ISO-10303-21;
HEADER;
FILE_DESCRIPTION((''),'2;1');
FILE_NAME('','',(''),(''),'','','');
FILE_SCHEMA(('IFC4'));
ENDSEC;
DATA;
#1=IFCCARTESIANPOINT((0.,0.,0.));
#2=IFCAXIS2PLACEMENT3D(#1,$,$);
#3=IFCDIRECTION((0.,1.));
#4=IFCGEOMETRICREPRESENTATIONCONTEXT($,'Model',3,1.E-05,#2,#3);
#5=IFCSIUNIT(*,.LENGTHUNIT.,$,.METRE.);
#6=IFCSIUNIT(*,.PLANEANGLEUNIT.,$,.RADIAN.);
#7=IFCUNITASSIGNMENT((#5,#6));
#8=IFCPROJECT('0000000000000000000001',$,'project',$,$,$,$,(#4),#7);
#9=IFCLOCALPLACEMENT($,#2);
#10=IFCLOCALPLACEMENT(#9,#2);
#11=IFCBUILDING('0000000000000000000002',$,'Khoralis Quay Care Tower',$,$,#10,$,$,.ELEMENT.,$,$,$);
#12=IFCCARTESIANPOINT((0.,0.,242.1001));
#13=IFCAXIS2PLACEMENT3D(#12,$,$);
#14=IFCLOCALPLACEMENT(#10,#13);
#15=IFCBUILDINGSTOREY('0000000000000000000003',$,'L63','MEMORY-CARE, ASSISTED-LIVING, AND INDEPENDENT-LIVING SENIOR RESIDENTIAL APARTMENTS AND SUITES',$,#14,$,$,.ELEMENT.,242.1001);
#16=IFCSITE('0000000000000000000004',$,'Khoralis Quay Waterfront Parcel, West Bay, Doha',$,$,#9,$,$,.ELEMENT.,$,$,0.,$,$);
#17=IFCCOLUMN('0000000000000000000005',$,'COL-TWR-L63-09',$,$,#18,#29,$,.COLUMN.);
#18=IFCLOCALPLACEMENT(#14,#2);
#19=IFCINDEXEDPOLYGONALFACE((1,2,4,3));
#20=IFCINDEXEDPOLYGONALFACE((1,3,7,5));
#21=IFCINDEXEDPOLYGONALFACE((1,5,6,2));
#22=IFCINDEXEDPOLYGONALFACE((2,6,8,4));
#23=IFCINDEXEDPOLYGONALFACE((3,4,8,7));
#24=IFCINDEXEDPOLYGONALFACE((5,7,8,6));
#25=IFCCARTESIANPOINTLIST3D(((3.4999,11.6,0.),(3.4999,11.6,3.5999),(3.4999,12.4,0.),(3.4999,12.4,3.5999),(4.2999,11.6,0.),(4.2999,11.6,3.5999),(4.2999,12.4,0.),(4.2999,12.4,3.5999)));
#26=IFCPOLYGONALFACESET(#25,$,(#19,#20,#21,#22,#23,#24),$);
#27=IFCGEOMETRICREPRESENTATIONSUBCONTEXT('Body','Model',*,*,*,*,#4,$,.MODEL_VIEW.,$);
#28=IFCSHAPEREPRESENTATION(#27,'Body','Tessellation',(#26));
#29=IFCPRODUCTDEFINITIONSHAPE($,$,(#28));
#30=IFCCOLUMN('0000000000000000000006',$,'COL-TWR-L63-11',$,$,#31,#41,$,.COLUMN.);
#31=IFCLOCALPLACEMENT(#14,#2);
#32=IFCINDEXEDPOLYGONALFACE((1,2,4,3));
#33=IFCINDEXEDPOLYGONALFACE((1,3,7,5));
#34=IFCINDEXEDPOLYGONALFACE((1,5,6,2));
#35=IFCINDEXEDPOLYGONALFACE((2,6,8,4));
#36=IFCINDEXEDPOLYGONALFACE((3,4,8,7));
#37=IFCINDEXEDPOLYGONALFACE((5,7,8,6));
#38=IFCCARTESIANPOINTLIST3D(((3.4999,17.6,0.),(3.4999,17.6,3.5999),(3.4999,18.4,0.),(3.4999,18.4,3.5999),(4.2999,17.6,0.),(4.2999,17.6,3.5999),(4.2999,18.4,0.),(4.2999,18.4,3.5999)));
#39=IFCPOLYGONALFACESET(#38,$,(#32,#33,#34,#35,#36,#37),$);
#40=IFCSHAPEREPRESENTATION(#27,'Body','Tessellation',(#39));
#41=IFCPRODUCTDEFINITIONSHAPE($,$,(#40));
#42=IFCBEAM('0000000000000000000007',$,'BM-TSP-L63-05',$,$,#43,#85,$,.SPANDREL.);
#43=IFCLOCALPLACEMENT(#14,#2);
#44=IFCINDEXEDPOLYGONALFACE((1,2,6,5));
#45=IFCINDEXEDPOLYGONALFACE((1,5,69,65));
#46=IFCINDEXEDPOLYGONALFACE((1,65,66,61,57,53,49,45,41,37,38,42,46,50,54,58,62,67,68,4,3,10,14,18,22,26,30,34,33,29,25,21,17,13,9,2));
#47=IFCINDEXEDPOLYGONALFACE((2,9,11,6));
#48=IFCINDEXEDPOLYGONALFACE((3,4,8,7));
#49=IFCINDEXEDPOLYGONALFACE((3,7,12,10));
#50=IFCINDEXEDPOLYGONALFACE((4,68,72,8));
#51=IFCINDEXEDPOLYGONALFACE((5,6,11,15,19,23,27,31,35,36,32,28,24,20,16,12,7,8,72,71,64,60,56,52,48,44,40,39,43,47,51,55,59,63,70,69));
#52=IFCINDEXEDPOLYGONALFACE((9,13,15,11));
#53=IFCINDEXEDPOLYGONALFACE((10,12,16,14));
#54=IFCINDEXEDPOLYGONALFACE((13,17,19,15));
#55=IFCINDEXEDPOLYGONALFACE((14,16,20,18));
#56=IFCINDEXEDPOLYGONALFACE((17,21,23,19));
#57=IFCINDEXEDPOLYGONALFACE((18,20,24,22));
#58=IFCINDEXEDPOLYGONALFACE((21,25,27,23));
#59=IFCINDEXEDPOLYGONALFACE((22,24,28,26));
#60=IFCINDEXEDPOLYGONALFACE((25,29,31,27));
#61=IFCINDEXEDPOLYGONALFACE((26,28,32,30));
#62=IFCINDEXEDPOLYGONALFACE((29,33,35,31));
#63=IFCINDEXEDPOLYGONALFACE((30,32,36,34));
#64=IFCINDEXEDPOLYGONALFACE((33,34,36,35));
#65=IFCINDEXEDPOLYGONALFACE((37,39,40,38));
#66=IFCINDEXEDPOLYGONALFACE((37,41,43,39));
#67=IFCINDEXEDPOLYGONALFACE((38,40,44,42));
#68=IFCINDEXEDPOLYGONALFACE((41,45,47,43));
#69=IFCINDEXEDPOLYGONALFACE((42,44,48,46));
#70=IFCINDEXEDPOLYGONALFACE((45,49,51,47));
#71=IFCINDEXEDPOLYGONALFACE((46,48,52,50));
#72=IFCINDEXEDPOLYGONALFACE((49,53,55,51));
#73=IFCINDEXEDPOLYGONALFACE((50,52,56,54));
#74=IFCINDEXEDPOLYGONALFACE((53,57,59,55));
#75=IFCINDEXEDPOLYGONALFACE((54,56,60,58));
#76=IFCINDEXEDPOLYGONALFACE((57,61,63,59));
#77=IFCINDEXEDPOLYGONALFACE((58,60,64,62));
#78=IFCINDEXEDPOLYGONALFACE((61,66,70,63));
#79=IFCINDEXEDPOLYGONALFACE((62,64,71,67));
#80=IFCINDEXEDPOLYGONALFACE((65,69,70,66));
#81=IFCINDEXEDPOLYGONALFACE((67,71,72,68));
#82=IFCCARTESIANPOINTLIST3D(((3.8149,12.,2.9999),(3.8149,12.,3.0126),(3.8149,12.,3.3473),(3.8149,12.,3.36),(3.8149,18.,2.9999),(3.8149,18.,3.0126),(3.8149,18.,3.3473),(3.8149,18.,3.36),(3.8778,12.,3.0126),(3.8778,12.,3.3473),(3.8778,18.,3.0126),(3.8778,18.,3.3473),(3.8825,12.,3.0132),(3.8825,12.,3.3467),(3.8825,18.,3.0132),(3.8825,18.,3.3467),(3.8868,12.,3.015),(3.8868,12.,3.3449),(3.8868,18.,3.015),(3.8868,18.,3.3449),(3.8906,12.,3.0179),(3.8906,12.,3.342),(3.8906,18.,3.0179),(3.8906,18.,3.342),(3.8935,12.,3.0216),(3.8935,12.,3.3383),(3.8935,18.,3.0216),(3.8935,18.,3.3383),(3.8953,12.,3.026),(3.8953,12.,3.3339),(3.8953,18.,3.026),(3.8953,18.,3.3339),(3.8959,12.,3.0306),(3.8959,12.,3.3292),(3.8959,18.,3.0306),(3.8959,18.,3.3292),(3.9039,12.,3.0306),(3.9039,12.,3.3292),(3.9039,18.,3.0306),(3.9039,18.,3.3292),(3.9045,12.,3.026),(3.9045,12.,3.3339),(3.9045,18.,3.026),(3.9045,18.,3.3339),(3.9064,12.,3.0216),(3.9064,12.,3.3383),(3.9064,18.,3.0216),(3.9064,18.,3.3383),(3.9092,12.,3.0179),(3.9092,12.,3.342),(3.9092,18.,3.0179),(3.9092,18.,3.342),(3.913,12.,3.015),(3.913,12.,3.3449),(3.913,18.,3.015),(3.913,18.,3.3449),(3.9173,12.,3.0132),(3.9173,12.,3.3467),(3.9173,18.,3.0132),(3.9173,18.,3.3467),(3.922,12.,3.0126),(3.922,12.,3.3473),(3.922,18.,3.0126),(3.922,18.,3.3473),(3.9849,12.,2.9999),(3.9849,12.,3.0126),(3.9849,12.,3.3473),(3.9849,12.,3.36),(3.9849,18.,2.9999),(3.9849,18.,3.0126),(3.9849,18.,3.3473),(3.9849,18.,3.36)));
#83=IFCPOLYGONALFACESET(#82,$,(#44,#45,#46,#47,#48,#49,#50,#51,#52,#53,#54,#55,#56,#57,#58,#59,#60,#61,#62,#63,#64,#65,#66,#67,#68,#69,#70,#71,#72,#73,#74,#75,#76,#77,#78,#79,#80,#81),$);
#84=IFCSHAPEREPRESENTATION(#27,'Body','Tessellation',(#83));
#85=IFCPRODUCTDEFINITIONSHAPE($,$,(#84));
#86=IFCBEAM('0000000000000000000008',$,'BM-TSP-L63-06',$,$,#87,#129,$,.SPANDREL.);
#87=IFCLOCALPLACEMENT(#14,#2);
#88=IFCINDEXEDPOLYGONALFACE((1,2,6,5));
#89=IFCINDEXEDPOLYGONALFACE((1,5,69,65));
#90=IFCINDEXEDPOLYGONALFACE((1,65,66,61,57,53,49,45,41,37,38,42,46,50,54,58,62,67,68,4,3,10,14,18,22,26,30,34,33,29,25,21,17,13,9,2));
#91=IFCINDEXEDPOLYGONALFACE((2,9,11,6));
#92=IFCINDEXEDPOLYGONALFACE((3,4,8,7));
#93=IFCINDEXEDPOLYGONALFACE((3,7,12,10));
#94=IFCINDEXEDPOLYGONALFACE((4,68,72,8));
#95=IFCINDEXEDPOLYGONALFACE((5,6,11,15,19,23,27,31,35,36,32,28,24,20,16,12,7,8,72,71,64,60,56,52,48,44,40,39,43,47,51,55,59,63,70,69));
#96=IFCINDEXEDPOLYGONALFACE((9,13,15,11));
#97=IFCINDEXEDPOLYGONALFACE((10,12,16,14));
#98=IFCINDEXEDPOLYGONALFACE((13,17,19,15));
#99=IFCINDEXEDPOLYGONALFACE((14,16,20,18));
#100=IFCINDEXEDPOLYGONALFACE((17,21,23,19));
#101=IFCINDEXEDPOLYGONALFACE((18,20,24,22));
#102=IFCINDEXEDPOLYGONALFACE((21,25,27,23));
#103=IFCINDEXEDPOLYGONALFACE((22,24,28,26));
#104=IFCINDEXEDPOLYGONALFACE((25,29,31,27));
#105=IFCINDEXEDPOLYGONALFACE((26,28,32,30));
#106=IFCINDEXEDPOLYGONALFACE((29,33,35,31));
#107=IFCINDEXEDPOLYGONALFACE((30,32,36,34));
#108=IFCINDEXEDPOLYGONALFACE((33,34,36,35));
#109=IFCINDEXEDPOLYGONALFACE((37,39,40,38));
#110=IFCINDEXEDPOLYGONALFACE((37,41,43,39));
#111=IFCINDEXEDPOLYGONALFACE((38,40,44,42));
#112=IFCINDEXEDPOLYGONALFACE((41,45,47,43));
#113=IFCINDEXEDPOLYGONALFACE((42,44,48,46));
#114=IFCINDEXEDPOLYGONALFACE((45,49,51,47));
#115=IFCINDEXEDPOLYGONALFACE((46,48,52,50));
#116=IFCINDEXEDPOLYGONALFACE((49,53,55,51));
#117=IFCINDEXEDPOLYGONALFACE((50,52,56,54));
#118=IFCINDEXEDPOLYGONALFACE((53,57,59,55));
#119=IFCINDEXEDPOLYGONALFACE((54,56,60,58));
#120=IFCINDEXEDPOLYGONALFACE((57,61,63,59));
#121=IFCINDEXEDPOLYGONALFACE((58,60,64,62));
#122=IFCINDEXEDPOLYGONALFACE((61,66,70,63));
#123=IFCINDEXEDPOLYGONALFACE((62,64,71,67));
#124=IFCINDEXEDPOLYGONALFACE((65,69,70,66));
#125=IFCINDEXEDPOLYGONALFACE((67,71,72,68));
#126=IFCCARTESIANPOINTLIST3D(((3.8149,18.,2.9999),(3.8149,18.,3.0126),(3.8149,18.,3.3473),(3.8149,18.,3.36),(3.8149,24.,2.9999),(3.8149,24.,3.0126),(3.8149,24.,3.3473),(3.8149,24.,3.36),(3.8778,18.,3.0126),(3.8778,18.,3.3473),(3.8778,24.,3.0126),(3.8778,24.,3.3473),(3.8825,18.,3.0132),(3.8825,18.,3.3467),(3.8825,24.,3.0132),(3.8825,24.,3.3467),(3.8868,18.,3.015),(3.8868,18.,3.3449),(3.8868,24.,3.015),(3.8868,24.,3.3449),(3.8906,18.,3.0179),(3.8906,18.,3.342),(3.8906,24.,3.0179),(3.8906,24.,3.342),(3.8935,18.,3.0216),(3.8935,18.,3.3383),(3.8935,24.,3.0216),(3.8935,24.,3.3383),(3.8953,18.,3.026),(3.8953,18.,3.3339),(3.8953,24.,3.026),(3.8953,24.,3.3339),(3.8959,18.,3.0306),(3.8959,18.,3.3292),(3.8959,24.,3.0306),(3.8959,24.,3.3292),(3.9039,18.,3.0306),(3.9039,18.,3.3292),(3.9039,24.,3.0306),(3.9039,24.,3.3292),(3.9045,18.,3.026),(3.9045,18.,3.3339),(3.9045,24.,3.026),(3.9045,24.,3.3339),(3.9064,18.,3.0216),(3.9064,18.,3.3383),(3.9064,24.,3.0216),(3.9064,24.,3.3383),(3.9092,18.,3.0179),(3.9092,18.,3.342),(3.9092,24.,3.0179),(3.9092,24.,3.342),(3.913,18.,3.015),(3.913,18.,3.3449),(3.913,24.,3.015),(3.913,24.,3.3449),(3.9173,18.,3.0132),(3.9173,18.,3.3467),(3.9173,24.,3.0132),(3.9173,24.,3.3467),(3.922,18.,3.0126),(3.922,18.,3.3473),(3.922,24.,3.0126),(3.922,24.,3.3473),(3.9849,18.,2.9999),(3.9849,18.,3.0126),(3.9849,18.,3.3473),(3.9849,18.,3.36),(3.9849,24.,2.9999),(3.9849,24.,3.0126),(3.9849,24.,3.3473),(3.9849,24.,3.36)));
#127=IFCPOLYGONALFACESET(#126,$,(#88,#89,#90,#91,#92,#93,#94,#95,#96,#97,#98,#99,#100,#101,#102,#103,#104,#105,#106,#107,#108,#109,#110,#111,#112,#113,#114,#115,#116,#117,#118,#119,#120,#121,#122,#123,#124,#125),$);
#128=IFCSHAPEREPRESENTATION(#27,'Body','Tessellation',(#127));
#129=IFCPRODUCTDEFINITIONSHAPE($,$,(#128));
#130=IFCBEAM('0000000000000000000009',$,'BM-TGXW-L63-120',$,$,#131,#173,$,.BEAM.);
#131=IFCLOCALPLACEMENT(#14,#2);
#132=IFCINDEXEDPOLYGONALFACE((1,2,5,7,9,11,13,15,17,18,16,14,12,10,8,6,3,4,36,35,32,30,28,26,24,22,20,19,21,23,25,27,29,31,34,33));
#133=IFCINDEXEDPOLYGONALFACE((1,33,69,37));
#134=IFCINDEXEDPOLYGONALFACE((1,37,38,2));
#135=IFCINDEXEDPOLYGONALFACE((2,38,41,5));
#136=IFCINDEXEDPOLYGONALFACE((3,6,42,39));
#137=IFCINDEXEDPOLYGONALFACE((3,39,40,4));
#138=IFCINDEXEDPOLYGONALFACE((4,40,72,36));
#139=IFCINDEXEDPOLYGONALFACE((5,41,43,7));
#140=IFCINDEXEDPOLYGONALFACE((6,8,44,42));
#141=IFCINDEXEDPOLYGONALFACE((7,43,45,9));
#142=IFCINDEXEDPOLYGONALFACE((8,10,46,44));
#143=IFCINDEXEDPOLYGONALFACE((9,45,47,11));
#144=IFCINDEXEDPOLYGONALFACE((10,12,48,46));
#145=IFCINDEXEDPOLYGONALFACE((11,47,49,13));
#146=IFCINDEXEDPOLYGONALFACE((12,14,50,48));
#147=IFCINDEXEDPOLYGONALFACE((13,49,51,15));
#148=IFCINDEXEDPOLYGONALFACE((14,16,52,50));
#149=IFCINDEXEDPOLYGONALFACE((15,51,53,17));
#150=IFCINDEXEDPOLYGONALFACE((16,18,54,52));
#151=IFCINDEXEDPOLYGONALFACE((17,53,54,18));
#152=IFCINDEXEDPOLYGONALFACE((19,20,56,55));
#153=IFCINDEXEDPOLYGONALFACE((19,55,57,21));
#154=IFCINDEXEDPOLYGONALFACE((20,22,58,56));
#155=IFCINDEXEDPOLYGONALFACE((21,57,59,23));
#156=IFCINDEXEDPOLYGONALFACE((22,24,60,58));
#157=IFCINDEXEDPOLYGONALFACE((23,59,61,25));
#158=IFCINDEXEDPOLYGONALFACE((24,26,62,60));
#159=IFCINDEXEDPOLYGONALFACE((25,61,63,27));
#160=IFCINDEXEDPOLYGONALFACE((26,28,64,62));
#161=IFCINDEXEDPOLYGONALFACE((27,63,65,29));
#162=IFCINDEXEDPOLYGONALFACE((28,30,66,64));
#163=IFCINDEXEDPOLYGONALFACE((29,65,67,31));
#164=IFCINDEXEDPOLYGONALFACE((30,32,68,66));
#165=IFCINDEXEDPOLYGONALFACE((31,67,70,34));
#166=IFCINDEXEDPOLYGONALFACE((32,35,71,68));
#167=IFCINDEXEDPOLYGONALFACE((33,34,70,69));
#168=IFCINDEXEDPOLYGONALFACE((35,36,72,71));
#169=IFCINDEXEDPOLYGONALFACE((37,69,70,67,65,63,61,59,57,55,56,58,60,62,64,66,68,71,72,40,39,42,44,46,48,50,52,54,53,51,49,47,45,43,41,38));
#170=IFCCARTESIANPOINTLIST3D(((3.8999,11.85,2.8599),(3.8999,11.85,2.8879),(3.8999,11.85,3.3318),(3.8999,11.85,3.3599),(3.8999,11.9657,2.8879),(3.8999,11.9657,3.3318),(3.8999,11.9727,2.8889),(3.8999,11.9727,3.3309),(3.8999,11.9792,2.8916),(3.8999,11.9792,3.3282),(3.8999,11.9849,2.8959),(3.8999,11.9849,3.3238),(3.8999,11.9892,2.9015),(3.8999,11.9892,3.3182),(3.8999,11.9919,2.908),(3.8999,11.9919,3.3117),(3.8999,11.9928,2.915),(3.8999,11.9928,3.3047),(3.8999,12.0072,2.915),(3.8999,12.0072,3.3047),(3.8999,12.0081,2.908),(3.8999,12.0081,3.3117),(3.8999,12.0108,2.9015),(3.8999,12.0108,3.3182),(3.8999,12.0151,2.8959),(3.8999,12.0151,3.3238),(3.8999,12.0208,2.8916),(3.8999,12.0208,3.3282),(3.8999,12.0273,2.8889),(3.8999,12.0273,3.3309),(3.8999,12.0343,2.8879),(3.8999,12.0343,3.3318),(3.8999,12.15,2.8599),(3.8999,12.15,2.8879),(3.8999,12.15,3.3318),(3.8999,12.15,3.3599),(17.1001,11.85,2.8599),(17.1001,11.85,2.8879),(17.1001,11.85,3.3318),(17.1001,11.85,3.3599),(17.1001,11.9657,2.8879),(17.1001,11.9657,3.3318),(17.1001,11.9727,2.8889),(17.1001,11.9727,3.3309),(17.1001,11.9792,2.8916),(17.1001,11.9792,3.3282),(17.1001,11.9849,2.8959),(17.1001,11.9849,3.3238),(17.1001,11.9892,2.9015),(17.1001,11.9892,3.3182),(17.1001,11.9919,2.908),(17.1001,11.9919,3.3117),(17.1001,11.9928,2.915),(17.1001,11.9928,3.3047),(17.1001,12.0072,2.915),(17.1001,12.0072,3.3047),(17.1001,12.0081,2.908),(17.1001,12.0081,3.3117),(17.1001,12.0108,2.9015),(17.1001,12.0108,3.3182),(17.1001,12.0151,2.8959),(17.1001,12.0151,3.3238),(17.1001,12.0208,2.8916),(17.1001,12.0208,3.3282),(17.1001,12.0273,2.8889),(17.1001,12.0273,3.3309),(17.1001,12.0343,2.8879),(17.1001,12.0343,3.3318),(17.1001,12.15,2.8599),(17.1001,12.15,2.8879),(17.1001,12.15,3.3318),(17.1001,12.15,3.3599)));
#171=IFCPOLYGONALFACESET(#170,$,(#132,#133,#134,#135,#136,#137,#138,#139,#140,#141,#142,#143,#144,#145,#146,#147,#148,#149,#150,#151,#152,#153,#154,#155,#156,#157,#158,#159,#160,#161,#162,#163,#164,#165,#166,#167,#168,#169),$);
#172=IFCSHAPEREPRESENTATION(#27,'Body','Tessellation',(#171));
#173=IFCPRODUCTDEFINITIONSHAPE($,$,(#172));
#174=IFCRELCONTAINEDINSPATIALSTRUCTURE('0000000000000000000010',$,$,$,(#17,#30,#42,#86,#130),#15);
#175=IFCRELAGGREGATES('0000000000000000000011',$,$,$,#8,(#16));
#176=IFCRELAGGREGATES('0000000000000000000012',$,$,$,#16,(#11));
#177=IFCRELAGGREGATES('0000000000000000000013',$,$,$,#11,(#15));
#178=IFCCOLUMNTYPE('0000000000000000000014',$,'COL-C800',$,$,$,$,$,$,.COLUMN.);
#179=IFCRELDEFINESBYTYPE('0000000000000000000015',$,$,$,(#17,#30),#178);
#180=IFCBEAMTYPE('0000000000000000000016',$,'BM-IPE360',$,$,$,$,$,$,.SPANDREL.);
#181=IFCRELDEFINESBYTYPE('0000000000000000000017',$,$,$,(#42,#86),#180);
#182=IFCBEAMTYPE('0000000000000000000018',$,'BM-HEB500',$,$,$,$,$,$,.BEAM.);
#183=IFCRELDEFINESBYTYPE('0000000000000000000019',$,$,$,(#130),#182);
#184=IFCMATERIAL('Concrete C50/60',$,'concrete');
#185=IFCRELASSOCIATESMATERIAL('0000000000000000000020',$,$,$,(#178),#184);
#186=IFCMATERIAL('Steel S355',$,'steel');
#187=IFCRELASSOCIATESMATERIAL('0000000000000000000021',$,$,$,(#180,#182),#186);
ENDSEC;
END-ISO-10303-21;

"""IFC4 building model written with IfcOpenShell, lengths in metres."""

from ifc_helpers import new_model, si_unit, direction, frame, origin, origin_2d, place, context, subcontext, project, spatial, rectangle, i_section, extrude, source, transform, mapped, material, material_profile, profile_set, type_object, element, save


model = new_model("IFC4")

# Units and contexts
model_context = context("Model", 3, precision=1e-05, world=origin(), true_north=direction((0.0, 1.0)))
body_context = subcontext(model_context, "Body", "Model", "MODEL_VIEW")
ifc_project = project(units=[si_unit("LENGTHUNIT", "METRE"), si_unit("PLANEANGLEUNIT", "RADIAN")], contexts=[model_context])

# Site, building, storey
site_placement = place(None, origin())
site = spatial("IfcSite", under=ifc_project, at=site_placement, Name="Khoralis Quay Waterfront Parcel, West Bay, Doha", CompositionType="ELEMENT", RefElevation=0.0)
building_placement = place(site_placement, origin())
building = spatial("IfcBuilding", under=site, at=building_placement, Name="Khoralis Quay Care Tower", CompositionType="ELEMENT")
storey_placement = place(building_placement, frame((0.0, 0.0, 242.1001)))
storey = spatial("IfcBuildingStorey", under=building, at=storey_placement, Name="L63", Description="MEMORY-CARE, ASSISTED-LIVING, AND INDEPENDENT-LIVING SENIOR RESIDENTIAL APARTMENTS AND SUITES", CompositionType="ELEMENT", Elevation=242.1001)

# Columns
ifc_material_1 = material(Name="Concrete C50/60", Category="concrete")
ifc_material_profile_1 = material_profile(ifc_material_1, rectangle(XDim=0.8, YDim=0.8, at=origin_2d()), Name="Concrete C50/60")
ifc_profile_set_1 = profile_set([ifc_material_profile_1], Name="Concrete C50/60")
column_type = type_object("IfcColumnType", Name="COL-C800", PredefinedType="COLUMN", material=ifc_profile_set_1)
shared_shape_1 = source(origin(), body_context, "Body", "SweptSolid", [
    extrude(rectangle(XDim=0.8, YDim=0.8, at=origin_2d()), origin(), (0.0, 0.0, 1.0), 3.5999),
])
for number, where, z_axis, x_axis, name in (
    (1, (3.8999, 12.0, 0.0), (0.0, 0.0, 1.0), (1.0, 0.0, 0.0), "COL-TWR-L63-09"),
    (2, (3.8999, 18.0, 0.0), (0.0, 0.0, 1.0), (1.0, 0.0, 0.0), "COL-TWR-L63-11"),
):
    element("IfcColumn", number, at=place(storey_placement, frame(where, z_axis=z_axis, x_axis=x_axis)), inside=storey, type_object=column_type, Name=name, PredefinedType="COLUMN", context=body_context, shape_type="MappedRepresentation", body=[
        mapped(shared_shape_1, transform((0.0, 0.0, 0.0), scale=1.0)),
    ])

# Beams
ifc_material_2 = material(Name="Steel S355", Category="steel")
ifc_material_profile_2 = material_profile(ifc_material_2, i_section(OverallWidth=0.1699, OverallDepth=0.3601, WebThickness=0.0081, FlangeThickness=0.0127, FilletRadius=0.0181, at=origin_2d()), Name="Steel S355")
ifc_profile_set_2 = profile_set([ifc_material_profile_2], Name="Steel S355")
beam_type_1 = type_object("IfcBeamType", Name="BM-IPE360", PredefinedType="SPANDREL", material=ifc_profile_set_2)
shared_shape_2 = source(origin(), body_context, "Body", "SweptSolid", [
    extrude(i_section(OverallWidth=0.1699, OverallDepth=0.3601, WebThickness=0.0081, FlangeThickness=0.0127, FilletRadius=0.0181, at=origin_2d()), origin(), (0.0, 0.0, 1.0), 6.0),
])
for number, where, z_axis, x_axis, name in (
    (3, (3.8999, 12.0, 3.1799), (0.0, 1.0, 0.0), (-1.0, 0.0, 0.0), "BM-TSP-L63-05"),
    (4, (3.8999, 18.0, 3.1799), (0.0, 1.0, 0.0), (-1.0, 0.0, 0.0), "BM-TSP-L63-06"),
):
    element("IfcBeam", number, at=place(storey_placement, frame(where, z_axis=z_axis, x_axis=x_axis)), inside=storey, type_object=beam_type_1, Name=name, PredefinedType="SPANDREL", context=body_context, shape_type="MappedRepresentation", body=[
        mapped(shared_shape_2, transform((0.0, 0.0, 0.0), scale=1.0)),
    ])
ifc_material_profile_3 = material_profile(ifc_material_2, i_section(OverallWidth=0.3, OverallDepth=0.5, WebThickness=0.0144, FlangeThickness=0.0281, FilletRadius=0.0271, at=origin_2d()), Name="Steel S355")
ifc_profile_set_3 = profile_set([ifc_material_profile_3], Name="Steel S355")
beam_type_2 = type_object("IfcBeamType", Name="BM-HEB500", PredefinedType="BEAM", material=ifc_profile_set_3)
shared_shape_3 = source(origin(), body_context, "Body", "SweptSolid", [
    extrude(i_section(OverallWidth=0.3, OverallDepth=0.5, WebThickness=0.0144, FlangeThickness=0.0281, FilletRadius=0.0271, at=origin_2d()), origin(), (0.0, 0.0, 1.0), 13.2002),
])
beam_1_placement = place(storey_placement, frame((3.8999, 12.0, 3.1099), z_axis=(1.0, 0.0, 0.0), x_axis=(0.0, 1.0, 0.0)))
element("IfcBeam", 5, at=beam_1_placement, inside=storey, type_object=beam_type_2, Name="BM-TGXW-L63-120", PredefinedType="BEAM", context=body_context, shape_type="MappedRepresentation", body=[
    mapped(shared_shape_3, transform((0.0, 0.0, 0.0), scale=1.0)),
])

save(model, "model.ifc")
